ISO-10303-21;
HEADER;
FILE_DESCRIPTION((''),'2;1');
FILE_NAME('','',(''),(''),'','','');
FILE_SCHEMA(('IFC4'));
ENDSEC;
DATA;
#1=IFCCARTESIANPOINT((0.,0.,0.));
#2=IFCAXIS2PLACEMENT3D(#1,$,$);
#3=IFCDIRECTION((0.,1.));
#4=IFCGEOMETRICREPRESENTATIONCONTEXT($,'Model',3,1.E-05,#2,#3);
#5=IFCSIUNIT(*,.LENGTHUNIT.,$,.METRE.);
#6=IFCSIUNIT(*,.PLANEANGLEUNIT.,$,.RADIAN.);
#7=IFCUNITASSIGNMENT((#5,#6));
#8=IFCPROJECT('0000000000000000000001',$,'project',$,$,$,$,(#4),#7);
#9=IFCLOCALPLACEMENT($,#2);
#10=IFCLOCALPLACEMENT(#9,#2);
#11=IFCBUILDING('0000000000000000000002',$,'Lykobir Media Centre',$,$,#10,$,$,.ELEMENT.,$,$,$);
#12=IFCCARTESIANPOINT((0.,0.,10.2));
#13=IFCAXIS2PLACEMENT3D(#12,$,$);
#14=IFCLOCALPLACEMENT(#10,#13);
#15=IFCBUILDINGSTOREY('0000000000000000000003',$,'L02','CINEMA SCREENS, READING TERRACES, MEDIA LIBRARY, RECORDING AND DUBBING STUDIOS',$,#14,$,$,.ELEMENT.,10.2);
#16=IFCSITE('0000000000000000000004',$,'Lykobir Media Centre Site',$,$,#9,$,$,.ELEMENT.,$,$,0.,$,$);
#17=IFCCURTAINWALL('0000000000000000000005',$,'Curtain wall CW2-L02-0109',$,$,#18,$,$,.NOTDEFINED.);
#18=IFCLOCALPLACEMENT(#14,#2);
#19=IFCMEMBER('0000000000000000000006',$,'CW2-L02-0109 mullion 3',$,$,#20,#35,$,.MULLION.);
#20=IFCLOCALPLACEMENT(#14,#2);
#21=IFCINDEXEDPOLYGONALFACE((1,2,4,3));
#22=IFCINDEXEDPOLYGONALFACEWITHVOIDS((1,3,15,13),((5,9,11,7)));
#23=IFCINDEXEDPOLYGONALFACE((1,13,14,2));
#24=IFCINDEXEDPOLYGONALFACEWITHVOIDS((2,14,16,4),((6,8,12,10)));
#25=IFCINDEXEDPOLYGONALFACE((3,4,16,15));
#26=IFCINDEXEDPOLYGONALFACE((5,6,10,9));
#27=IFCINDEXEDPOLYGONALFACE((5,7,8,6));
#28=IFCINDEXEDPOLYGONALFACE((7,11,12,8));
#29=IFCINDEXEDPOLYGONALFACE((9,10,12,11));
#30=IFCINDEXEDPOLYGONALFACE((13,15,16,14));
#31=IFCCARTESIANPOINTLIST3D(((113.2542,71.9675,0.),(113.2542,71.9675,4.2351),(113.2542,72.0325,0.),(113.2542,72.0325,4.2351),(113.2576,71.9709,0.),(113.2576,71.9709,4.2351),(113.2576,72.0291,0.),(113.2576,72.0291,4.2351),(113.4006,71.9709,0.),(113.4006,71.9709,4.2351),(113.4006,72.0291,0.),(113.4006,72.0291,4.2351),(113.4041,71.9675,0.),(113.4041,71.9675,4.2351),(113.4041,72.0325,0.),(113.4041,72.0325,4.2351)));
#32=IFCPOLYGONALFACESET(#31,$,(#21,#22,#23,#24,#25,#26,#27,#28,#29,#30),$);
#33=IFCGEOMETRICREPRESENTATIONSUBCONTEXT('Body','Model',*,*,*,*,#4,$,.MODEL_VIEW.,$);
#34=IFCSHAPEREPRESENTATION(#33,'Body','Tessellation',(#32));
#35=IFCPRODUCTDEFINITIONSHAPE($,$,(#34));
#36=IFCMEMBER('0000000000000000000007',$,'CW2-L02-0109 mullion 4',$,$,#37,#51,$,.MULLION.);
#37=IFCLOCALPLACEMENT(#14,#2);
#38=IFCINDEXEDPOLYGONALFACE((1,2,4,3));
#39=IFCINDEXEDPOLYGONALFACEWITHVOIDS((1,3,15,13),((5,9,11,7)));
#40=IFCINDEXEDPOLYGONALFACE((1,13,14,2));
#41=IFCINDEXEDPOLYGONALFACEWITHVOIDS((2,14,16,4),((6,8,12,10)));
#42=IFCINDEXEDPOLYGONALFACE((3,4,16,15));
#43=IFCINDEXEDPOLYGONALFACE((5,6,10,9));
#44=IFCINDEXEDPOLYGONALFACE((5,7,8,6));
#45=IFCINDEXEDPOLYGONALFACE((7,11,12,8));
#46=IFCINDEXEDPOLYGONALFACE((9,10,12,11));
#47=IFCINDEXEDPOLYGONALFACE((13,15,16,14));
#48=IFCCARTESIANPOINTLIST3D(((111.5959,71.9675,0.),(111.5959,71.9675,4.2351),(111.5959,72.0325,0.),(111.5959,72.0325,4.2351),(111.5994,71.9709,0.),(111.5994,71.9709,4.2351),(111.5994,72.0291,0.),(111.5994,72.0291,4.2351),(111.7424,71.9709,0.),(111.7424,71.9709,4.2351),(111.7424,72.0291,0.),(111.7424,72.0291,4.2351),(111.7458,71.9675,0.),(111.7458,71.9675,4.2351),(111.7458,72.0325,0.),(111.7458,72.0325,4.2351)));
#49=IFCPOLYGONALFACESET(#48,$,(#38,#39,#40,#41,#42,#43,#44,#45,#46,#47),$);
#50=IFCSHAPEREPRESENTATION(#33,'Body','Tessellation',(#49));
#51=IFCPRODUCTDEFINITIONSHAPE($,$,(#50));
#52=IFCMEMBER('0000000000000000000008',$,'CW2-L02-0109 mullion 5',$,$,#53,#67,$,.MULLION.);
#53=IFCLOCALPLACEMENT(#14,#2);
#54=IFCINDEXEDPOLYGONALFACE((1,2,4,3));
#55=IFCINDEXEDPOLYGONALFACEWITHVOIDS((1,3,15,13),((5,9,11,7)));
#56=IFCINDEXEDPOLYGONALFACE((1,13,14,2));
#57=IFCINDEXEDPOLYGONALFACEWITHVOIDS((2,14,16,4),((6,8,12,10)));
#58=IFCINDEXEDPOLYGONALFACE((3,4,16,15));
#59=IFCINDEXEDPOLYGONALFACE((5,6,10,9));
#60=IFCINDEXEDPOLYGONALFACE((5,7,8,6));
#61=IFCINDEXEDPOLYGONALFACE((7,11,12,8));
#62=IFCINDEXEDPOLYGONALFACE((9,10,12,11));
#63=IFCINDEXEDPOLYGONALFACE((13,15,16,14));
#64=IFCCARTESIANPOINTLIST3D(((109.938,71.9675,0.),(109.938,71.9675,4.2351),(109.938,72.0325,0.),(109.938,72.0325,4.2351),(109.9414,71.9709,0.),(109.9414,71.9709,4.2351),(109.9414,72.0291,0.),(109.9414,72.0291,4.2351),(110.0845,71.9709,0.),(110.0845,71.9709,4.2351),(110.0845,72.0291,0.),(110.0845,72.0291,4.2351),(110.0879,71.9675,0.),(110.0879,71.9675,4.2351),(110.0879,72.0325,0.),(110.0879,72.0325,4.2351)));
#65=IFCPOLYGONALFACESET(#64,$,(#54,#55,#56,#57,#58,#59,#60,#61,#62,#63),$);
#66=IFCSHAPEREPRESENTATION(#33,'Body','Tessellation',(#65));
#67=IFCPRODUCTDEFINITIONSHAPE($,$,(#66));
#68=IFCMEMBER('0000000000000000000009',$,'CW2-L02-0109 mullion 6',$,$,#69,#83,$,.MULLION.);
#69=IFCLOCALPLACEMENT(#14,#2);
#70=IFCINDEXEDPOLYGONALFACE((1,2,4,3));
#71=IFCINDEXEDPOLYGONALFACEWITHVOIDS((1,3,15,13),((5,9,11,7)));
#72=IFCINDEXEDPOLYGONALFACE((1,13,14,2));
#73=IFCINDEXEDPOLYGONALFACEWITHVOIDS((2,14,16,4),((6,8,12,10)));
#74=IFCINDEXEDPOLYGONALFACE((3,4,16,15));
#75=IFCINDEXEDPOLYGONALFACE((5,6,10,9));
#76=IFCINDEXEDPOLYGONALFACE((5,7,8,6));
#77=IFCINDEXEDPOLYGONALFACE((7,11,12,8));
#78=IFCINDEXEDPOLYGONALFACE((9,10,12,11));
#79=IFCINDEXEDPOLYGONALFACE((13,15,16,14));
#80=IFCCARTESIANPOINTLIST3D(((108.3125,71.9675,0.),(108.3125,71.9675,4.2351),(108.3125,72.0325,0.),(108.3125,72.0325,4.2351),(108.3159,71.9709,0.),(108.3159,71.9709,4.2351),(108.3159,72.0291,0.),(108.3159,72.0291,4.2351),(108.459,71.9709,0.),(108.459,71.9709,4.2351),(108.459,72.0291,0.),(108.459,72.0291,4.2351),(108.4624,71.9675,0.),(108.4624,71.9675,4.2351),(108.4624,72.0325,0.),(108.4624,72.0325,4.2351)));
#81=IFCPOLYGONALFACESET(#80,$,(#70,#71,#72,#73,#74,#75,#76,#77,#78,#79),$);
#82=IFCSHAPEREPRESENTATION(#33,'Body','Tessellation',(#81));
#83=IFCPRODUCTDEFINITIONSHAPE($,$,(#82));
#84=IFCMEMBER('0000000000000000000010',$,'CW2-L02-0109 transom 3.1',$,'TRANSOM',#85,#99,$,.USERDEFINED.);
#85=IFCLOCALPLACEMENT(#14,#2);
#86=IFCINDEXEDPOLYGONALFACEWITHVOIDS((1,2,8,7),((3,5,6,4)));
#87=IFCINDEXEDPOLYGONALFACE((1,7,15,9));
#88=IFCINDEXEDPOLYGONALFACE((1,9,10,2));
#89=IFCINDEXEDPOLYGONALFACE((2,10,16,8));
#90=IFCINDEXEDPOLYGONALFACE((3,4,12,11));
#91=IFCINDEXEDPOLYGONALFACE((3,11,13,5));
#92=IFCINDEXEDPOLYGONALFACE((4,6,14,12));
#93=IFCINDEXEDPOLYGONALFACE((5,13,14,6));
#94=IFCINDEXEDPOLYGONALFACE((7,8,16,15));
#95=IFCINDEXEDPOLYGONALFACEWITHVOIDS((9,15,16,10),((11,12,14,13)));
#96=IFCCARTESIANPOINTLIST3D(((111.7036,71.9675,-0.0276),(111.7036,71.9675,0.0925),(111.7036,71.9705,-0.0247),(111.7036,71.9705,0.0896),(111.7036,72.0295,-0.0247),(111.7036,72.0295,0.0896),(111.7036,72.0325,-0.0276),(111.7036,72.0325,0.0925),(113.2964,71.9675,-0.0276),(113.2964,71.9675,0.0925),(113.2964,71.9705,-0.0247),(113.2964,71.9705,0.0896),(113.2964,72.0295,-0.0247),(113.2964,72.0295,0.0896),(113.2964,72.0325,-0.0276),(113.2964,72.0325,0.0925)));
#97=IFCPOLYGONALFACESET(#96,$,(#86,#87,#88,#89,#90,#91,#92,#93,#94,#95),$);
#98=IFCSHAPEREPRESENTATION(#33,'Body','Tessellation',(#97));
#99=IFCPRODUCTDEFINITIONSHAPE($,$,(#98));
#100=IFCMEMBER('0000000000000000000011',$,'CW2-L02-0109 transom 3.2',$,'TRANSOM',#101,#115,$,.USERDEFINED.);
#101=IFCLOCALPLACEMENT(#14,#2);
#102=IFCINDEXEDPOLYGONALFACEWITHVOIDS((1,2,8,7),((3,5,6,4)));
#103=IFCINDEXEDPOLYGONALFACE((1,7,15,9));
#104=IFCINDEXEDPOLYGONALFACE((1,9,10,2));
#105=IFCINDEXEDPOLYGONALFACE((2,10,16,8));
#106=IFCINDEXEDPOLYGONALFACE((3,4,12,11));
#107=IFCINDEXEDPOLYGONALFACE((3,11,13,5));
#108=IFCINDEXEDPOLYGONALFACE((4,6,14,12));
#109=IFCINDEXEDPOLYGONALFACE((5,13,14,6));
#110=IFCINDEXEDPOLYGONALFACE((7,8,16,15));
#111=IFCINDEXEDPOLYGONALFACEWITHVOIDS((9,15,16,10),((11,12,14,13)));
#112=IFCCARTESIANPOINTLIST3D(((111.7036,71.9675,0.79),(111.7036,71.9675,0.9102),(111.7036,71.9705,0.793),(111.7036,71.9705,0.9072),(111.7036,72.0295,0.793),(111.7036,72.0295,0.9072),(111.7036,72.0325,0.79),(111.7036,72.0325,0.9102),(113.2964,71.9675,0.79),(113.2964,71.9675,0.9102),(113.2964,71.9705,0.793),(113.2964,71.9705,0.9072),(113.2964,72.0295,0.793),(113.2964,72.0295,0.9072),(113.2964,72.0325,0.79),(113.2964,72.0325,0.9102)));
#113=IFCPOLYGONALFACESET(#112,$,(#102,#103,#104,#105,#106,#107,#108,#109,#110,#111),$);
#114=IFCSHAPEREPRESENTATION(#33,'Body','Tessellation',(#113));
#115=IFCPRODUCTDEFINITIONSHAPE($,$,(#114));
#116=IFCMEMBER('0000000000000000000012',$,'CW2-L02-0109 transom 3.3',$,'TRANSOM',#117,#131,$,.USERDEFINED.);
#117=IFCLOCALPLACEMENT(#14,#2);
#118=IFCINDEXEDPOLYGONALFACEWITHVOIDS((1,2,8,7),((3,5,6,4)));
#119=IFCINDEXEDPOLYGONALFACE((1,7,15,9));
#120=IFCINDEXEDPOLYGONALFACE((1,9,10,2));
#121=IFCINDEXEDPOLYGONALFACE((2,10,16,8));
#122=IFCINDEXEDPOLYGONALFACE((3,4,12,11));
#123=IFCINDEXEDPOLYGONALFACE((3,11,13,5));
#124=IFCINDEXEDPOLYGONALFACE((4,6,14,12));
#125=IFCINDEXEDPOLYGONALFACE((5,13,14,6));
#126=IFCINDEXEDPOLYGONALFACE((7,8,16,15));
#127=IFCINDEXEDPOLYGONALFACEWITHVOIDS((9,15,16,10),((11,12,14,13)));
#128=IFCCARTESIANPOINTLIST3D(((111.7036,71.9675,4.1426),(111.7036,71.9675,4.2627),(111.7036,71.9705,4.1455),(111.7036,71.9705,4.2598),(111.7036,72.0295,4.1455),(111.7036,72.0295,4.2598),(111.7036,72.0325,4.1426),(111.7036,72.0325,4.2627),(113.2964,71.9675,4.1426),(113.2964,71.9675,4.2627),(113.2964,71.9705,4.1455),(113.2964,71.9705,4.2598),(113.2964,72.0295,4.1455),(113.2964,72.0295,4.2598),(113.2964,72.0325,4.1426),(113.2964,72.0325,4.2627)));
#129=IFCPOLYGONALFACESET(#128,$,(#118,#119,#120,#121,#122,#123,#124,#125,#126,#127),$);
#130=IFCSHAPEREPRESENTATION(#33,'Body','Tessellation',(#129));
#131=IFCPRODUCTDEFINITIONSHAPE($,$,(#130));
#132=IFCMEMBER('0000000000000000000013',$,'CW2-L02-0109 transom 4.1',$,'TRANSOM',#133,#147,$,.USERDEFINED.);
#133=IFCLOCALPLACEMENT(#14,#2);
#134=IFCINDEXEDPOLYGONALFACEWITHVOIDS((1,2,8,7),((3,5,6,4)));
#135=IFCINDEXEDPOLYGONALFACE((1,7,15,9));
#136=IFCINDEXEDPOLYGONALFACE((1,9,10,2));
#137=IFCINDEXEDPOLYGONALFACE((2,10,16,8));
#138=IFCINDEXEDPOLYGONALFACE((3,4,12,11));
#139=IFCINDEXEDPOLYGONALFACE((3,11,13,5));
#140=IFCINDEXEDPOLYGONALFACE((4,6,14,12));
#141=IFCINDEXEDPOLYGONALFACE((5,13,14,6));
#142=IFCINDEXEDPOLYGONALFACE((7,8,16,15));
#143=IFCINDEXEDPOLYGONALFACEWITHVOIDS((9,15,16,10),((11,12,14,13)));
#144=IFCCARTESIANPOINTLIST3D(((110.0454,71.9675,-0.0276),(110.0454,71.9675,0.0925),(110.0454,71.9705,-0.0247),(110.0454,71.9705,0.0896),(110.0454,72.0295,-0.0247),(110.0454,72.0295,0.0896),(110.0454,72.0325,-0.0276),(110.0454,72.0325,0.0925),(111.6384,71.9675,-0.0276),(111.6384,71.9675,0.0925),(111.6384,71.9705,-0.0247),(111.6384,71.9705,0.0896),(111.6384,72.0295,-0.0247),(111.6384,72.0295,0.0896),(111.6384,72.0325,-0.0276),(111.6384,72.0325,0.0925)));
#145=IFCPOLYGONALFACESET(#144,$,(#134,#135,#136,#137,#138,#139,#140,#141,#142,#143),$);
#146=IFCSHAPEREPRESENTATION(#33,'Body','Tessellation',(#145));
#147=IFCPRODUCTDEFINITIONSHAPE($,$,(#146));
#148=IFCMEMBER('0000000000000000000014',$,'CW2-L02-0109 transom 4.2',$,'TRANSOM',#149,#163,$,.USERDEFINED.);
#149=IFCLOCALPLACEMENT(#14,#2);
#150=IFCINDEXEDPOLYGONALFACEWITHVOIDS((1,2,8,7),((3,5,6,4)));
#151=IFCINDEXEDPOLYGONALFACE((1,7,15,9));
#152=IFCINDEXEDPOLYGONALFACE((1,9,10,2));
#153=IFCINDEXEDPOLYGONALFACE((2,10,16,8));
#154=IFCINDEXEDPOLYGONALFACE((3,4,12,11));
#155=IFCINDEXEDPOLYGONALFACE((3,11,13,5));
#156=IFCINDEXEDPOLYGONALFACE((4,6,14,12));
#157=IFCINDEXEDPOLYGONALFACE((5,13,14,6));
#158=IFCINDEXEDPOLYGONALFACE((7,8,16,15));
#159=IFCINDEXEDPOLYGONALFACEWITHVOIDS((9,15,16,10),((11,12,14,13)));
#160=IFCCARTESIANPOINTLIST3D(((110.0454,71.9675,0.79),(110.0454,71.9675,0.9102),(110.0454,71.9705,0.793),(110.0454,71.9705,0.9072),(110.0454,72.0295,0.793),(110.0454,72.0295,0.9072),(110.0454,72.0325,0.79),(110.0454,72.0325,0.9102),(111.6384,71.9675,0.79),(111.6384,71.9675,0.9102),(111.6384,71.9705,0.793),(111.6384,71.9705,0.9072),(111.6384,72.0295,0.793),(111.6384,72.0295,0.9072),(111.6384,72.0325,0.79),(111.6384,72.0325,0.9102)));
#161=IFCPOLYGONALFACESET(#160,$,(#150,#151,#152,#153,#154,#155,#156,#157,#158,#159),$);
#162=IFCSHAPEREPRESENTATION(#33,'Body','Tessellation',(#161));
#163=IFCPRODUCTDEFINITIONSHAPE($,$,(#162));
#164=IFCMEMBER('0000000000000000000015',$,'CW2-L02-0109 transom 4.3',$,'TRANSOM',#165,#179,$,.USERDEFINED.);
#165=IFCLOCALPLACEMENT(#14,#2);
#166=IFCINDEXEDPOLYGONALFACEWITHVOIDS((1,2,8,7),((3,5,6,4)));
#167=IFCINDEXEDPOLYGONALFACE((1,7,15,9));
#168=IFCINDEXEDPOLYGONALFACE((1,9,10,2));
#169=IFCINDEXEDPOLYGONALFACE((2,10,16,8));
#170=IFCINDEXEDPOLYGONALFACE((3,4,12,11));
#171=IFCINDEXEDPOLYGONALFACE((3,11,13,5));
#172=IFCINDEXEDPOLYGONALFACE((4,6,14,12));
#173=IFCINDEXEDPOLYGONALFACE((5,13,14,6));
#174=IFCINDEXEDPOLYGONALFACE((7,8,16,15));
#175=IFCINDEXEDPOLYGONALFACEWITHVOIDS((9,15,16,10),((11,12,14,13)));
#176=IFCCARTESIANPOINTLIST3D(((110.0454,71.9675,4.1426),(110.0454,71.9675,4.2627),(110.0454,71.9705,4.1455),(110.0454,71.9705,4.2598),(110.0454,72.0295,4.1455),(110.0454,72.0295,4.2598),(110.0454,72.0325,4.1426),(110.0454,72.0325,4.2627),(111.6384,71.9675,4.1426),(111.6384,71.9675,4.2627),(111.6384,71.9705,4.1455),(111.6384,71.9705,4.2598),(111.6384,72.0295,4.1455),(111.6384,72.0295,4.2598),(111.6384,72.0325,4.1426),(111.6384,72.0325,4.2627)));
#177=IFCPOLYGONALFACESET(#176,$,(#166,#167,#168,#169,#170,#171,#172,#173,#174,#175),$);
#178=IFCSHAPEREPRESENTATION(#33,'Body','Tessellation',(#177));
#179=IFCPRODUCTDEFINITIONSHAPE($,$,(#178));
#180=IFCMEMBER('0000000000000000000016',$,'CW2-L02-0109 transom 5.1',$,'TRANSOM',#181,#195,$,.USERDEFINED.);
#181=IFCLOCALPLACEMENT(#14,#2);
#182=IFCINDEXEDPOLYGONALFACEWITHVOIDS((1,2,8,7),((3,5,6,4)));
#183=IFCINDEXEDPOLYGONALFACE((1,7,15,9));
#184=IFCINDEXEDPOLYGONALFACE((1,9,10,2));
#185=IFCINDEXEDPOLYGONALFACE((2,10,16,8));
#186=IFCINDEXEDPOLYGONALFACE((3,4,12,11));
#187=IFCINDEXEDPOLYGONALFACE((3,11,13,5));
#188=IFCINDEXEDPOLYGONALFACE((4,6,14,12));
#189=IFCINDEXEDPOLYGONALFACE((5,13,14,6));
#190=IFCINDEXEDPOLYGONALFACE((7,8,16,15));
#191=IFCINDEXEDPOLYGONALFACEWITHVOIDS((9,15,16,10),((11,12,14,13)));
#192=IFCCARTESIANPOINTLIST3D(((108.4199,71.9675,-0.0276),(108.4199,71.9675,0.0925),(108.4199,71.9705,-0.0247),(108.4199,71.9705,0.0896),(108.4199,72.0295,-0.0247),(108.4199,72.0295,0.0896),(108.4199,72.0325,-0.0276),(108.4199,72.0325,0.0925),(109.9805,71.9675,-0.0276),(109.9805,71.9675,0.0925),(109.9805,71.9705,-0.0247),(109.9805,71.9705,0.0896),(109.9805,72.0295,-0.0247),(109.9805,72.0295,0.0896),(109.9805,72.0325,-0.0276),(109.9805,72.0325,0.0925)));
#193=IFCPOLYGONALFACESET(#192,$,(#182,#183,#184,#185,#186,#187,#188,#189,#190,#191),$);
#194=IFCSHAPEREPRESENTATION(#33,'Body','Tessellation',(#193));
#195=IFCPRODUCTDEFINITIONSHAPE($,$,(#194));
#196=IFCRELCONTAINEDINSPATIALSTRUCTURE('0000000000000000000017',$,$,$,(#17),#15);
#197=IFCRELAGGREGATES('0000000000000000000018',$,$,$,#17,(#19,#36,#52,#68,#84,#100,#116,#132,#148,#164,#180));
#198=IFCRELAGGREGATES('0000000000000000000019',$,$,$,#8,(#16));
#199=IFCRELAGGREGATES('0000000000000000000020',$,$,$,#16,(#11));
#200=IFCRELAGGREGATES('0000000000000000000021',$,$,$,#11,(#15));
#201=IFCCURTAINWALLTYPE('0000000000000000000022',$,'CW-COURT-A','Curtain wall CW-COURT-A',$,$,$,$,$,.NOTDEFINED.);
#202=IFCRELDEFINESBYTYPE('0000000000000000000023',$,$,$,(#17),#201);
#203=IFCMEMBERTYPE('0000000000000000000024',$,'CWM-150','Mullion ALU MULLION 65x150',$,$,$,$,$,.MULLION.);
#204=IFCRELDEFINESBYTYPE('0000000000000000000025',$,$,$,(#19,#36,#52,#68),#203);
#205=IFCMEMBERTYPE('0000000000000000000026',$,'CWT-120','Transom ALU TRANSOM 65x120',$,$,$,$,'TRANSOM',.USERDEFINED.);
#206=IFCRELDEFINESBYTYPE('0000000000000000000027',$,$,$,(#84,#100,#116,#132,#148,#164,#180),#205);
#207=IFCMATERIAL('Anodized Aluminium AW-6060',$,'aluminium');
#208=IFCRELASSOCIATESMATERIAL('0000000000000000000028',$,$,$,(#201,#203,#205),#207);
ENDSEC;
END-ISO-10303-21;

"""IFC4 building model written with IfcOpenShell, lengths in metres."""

from ifc_helpers import new_model, si_unit, direction, frame, origin, origin_2d, place, context, subcontext, project, spatial, hollow_rectangle, extrude, material, material_profile, profile_set, type_object, element, aggregate, save


model = new_model("IFC4")

# Units and contexts
model_context = context("Model", 3, precision=1e-05, world=origin(), true_north=direction((0.0, 1.0)))
body_context = subcontext(model_context, "Body", "Model", "MODEL_VIEW")
ifc_project = project(units=[si_unit("LENGTHUNIT", "METRE"), si_unit("PLANEANGLEUNIT", "RADIAN")], contexts=[model_context])

# Site, building, storey
site_placement = place(None, origin())
site = spatial("IfcSite", under=ifc_project, at=site_placement, Name="Lykobir Media Centre Site", CompositionType="ELEMENT", RefElevation=0.0)
building_placement = place(site_placement, origin())
building = spatial("IfcBuilding", under=site, at=building_placement, Name="Lykobir Media Centre", CompositionType="ELEMENT")
storey_placement = place(building_placement, frame((0.0, 0.0, 10.2)))
storey = spatial("IfcBuildingStorey", under=building, at=storey_placement, Name="L02", Description="CINEMA SCREENS, READING TERRACES, MEDIA LIBRARY, RECORDING AND DUBBING STUDIOS", CompositionType="ELEMENT", Elevation=10.2)

# Curtain wall, members
ifc_material_1 = material(Name="Anodized Aluminium AW-6060", Category="aluminium")
curtain_wall_type = type_object("IfcCurtainWallType", Name="CW-COURT-A", Description="Curtain wall CW-COURT-A", PredefinedType="NOTDEFINED", material=ifc_material_1)
curtain_wall_placement = place(storey_placement, origin())
curtain_wall = element("IfcCurtainWall", 1, at=curtain_wall_placement, inside=storey, type_object=curtain_wall_type, Name="Curtain wall CW2-L02-0109", PredefinedType="NOTDEFINED")
ifc_material_profile_1 = material_profile(ifc_material_1, hollow_rectangle(XDim=0.0649, YDim=0.1499, WallThickness=0.0034, at=origin_2d()), Name="ALU MULLION 65x150")
ifc_profile_set_1 = profile_set([ifc_material_profile_1], Name="Anodized Aluminium AW-6060")
member_type_1 = type_object("IfcMemberType", Name="CWM-150", Description="Mullion ALU MULLION 65x150", PredefinedType="MULLION", material=ifc_profile_set_1)
member_1_placement = place(storey_placement, frame((113.3291, 72.0, 0.0), z_axis=(0.0, 0.0, 1.0), x_axis=(0.0, -1.0, 0.0)))
member_1 = element("IfcMember", 2, at=member_1_placement, type_object=member_type_1, Name="CW2-L02-0109 mullion 3", PredefinedType="MULLION", context=body_context, shape_type="SweptSolid", body=[
    extrude(hollow_rectangle(XDim=0.0649, YDim=0.1499, WallThickness=0.0034, at=origin_2d()), origin(), (0.0, 0.0, 1.0), 4.2351),
])
member_2_placement = place(storey_placement, frame((111.6709, 72.0, 0.0), z_axis=(0.0, 0.0, 1.0), x_axis=(0.0, -1.0, 0.0)))
member_2 = element("IfcMember", 3, at=member_2_placement, type_object=member_type_1, Name="CW2-L02-0109 mullion 4", PredefinedType="MULLION", context=body_context, shape_type="SweptSolid", body=[
    extrude(hollow_rectangle(XDim=0.0649, YDim=0.1499, WallThickness=0.0034, at=origin_2d()), origin(), (0.0, 0.0, 1.0), 4.2351),
])
member_3_placement = place(storey_placement, frame((110.0129, 72.0, 0.0), z_axis=(0.0, 0.0, 1.0), x_axis=(0.0, -1.0, 0.0)))
member_3 = element("IfcMember", 4, at=member_3_placement, type_object=member_type_1, Name="CW2-L02-0109 mullion 5", PredefinedType="MULLION", context=body_context, shape_type="SweptSolid", body=[
    extrude(hollow_rectangle(XDim=0.0649, YDim=0.1499, WallThickness=0.0034, at=origin_2d()), origin(), (0.0, 0.0, 1.0), 4.2351),
])
member_4_placement = place(storey_placement, frame((108.3875, 72.0, 0.0), z_axis=(0.0, 0.0, 1.0), x_axis=(0.0, -1.0, 0.0)))
member_4 = element("IfcMember", 5, at=member_4_placement, type_object=member_type_1, Name="CW2-L02-0109 mullion 6", PredefinedType="MULLION", context=body_context, shape_type="SweptSolid", body=[
    extrude(hollow_rectangle(XDim=0.0649, YDim=0.1499, WallThickness=0.0034, at=origin_2d()), origin(), (0.0, 0.0, 1.0), 4.2351),
])
ifc_material_profile_2 = material_profile(ifc_material_1, hollow_rectangle(XDim=0.0649, YDim=0.1201, WallThickness=0.0029, at=origin_2d()), Name="ALU TRANSOM 65x120")
ifc_profile_set_2 = profile_set([ifc_material_profile_2], Name="Anodized Aluminium AW-6060")
member_type_2 = type_object("IfcMemberType", Name="CWT-120", Description="Transom ALU TRANSOM 65x120", ElementType="TRANSOM", PredefinedType="USERDEFINED", material=ifc_profile_set_2)
member_5_placement = place(storey_placement, frame((113.2964, 72.0, 0.0325), z_axis=(-1.0, 0.0, 0.0), x_axis=(0.0, -1.0, 0.0)))
member_5 = element("IfcMember", 6, at=member_5_placement, type_object=member_type_2, Name="CW2-L02-0109 transom 3.1", ObjectType="TRANSOM", PredefinedType="USERDEFINED", context=body_context, shape_type="SweptSolid", body=[
    extrude(hollow_rectangle(XDim=0.0649, YDim=0.1201, WallThickness=0.0029, at=origin_2d()), origin(), (0.0, 0.0, 1.0), 1.5928),
])
member_6_placement = place(storey_placement, frame((113.2964, 72.0, 0.8501), z_axis=(-1.0, 0.0, 0.0), x_axis=(0.0, -1.0, 0.0)))
member_6 = element("IfcMember", 7, at=member_6_placement, type_object=member_type_2, Name="CW2-L02-0109 transom 3.2", ObjectType="TRANSOM", PredefinedType="USERDEFINED", context=body_context, shape_type="SweptSolid", body=[
    extrude(hollow_rectangle(XDim=0.0649, YDim=0.1201, WallThickness=0.0029, at=origin_2d()), origin(), (0.0, 0.0, 1.0), 1.5928),
])
member_7_placement = place(storey_placement, frame((113.2964, 72.0, 4.2026), z_axis=(-1.0, 0.0, 0.0), x_axis=(0.0, -1.0, 0.0)))
member_7 = element("IfcMember", 8, at=member_7_placement, type_object=member_type_2, Name="CW2-L02-0109 transom 3.3", ObjectType="TRANSOM", PredefinedType="USERDEFINED", context=body_context, shape_type="SweptSolid", body=[
    extrude(hollow_rectangle(XDim=0.0649, YDim=0.1201, WallThickness=0.0029, at=origin_2d()), origin(), (0.0, 0.0, 1.0), 1.5928),
])
member_8_placement = place(storey_placement, frame((111.6384, 72.0, 0.0325), z_axis=(-1.0, 0.0, 0.0), x_axis=(0.0, -1.0, 0.0)))
member_8 = element("IfcMember", 9, at=member_8_placement, type_object=member_type_2, Name="CW2-L02-0109 transom 4.1", ObjectType="TRANSOM", PredefinedType="USERDEFINED", context=body_context, shape_type="SweptSolid", body=[
    extrude(hollow_rectangle(XDim=0.0649, YDim=0.1201, WallThickness=0.0029, at=origin_2d()), origin(), (0.0, 0.0, 1.0), 1.593),
])
member_9_placement = place(storey_placement, frame((111.6384, 72.0, 0.8501), z_axis=(-1.0, 0.0, 0.0), x_axis=(0.0, -1.0, 0.0)))
member_9 = element("IfcMember", 10, at=member_9_placement, type_object=member_type_2, Name="CW2-L02-0109 transom 4.2", ObjectType="TRANSOM", PredefinedType="USERDEFINED", context=body_context, shape_type="SweptSolid", body=[
    extrude(hollow_rectangle(XDim=0.0649, YDim=0.1201, WallThickness=0.0029, at=origin_2d()), origin(), (0.0, 0.0, 1.0), 1.593),
])
member_10_placement = place(storey_placement, frame((111.6384, 72.0, 4.2026), z_axis=(-1.0, 0.0, 0.0), x_axis=(0.0, -1.0, 0.0)))
member_10 = element("IfcMember", 11, at=member_10_placement, type_object=member_type_2, Name="CW2-L02-0109 transom 4.3", ObjectType="TRANSOM", PredefinedType="USERDEFINED", context=body_context, shape_type="SweptSolid", body=[
    extrude(hollow_rectangle(XDim=0.0649, YDim=0.1201, WallThickness=0.0029, at=origin_2d()), origin(), (0.0, 0.0, 1.0), 1.593),
])
member_11_placement = place(storey_placement, frame((109.9805, 72.0, 0.0325), z_axis=(-1.0, 0.0, 0.0), x_axis=(0.0, -1.0, 0.0)))
member_11 = element("IfcMember", 12, at=member_11_placement, type_object=member_type_2, Name="CW2-L02-0109 transom 5.1", ObjectType="TRANSOM", PredefinedType="USERDEFINED", context=body_context, shape_type="SweptSolid", body=[
    extrude(hollow_rectangle(XDim=0.0649, YDim=0.1201, WallThickness=0.0029, at=origin_2d()), origin(), (0.0, 0.0, 1.0), 1.5605),
])

aggregate(curtain_wall, [member_1, member_2, member_3, member_4, member_5, member_6, member_7, member_8, member_9, member_10, member_11])

save(model, "model.ifc")
